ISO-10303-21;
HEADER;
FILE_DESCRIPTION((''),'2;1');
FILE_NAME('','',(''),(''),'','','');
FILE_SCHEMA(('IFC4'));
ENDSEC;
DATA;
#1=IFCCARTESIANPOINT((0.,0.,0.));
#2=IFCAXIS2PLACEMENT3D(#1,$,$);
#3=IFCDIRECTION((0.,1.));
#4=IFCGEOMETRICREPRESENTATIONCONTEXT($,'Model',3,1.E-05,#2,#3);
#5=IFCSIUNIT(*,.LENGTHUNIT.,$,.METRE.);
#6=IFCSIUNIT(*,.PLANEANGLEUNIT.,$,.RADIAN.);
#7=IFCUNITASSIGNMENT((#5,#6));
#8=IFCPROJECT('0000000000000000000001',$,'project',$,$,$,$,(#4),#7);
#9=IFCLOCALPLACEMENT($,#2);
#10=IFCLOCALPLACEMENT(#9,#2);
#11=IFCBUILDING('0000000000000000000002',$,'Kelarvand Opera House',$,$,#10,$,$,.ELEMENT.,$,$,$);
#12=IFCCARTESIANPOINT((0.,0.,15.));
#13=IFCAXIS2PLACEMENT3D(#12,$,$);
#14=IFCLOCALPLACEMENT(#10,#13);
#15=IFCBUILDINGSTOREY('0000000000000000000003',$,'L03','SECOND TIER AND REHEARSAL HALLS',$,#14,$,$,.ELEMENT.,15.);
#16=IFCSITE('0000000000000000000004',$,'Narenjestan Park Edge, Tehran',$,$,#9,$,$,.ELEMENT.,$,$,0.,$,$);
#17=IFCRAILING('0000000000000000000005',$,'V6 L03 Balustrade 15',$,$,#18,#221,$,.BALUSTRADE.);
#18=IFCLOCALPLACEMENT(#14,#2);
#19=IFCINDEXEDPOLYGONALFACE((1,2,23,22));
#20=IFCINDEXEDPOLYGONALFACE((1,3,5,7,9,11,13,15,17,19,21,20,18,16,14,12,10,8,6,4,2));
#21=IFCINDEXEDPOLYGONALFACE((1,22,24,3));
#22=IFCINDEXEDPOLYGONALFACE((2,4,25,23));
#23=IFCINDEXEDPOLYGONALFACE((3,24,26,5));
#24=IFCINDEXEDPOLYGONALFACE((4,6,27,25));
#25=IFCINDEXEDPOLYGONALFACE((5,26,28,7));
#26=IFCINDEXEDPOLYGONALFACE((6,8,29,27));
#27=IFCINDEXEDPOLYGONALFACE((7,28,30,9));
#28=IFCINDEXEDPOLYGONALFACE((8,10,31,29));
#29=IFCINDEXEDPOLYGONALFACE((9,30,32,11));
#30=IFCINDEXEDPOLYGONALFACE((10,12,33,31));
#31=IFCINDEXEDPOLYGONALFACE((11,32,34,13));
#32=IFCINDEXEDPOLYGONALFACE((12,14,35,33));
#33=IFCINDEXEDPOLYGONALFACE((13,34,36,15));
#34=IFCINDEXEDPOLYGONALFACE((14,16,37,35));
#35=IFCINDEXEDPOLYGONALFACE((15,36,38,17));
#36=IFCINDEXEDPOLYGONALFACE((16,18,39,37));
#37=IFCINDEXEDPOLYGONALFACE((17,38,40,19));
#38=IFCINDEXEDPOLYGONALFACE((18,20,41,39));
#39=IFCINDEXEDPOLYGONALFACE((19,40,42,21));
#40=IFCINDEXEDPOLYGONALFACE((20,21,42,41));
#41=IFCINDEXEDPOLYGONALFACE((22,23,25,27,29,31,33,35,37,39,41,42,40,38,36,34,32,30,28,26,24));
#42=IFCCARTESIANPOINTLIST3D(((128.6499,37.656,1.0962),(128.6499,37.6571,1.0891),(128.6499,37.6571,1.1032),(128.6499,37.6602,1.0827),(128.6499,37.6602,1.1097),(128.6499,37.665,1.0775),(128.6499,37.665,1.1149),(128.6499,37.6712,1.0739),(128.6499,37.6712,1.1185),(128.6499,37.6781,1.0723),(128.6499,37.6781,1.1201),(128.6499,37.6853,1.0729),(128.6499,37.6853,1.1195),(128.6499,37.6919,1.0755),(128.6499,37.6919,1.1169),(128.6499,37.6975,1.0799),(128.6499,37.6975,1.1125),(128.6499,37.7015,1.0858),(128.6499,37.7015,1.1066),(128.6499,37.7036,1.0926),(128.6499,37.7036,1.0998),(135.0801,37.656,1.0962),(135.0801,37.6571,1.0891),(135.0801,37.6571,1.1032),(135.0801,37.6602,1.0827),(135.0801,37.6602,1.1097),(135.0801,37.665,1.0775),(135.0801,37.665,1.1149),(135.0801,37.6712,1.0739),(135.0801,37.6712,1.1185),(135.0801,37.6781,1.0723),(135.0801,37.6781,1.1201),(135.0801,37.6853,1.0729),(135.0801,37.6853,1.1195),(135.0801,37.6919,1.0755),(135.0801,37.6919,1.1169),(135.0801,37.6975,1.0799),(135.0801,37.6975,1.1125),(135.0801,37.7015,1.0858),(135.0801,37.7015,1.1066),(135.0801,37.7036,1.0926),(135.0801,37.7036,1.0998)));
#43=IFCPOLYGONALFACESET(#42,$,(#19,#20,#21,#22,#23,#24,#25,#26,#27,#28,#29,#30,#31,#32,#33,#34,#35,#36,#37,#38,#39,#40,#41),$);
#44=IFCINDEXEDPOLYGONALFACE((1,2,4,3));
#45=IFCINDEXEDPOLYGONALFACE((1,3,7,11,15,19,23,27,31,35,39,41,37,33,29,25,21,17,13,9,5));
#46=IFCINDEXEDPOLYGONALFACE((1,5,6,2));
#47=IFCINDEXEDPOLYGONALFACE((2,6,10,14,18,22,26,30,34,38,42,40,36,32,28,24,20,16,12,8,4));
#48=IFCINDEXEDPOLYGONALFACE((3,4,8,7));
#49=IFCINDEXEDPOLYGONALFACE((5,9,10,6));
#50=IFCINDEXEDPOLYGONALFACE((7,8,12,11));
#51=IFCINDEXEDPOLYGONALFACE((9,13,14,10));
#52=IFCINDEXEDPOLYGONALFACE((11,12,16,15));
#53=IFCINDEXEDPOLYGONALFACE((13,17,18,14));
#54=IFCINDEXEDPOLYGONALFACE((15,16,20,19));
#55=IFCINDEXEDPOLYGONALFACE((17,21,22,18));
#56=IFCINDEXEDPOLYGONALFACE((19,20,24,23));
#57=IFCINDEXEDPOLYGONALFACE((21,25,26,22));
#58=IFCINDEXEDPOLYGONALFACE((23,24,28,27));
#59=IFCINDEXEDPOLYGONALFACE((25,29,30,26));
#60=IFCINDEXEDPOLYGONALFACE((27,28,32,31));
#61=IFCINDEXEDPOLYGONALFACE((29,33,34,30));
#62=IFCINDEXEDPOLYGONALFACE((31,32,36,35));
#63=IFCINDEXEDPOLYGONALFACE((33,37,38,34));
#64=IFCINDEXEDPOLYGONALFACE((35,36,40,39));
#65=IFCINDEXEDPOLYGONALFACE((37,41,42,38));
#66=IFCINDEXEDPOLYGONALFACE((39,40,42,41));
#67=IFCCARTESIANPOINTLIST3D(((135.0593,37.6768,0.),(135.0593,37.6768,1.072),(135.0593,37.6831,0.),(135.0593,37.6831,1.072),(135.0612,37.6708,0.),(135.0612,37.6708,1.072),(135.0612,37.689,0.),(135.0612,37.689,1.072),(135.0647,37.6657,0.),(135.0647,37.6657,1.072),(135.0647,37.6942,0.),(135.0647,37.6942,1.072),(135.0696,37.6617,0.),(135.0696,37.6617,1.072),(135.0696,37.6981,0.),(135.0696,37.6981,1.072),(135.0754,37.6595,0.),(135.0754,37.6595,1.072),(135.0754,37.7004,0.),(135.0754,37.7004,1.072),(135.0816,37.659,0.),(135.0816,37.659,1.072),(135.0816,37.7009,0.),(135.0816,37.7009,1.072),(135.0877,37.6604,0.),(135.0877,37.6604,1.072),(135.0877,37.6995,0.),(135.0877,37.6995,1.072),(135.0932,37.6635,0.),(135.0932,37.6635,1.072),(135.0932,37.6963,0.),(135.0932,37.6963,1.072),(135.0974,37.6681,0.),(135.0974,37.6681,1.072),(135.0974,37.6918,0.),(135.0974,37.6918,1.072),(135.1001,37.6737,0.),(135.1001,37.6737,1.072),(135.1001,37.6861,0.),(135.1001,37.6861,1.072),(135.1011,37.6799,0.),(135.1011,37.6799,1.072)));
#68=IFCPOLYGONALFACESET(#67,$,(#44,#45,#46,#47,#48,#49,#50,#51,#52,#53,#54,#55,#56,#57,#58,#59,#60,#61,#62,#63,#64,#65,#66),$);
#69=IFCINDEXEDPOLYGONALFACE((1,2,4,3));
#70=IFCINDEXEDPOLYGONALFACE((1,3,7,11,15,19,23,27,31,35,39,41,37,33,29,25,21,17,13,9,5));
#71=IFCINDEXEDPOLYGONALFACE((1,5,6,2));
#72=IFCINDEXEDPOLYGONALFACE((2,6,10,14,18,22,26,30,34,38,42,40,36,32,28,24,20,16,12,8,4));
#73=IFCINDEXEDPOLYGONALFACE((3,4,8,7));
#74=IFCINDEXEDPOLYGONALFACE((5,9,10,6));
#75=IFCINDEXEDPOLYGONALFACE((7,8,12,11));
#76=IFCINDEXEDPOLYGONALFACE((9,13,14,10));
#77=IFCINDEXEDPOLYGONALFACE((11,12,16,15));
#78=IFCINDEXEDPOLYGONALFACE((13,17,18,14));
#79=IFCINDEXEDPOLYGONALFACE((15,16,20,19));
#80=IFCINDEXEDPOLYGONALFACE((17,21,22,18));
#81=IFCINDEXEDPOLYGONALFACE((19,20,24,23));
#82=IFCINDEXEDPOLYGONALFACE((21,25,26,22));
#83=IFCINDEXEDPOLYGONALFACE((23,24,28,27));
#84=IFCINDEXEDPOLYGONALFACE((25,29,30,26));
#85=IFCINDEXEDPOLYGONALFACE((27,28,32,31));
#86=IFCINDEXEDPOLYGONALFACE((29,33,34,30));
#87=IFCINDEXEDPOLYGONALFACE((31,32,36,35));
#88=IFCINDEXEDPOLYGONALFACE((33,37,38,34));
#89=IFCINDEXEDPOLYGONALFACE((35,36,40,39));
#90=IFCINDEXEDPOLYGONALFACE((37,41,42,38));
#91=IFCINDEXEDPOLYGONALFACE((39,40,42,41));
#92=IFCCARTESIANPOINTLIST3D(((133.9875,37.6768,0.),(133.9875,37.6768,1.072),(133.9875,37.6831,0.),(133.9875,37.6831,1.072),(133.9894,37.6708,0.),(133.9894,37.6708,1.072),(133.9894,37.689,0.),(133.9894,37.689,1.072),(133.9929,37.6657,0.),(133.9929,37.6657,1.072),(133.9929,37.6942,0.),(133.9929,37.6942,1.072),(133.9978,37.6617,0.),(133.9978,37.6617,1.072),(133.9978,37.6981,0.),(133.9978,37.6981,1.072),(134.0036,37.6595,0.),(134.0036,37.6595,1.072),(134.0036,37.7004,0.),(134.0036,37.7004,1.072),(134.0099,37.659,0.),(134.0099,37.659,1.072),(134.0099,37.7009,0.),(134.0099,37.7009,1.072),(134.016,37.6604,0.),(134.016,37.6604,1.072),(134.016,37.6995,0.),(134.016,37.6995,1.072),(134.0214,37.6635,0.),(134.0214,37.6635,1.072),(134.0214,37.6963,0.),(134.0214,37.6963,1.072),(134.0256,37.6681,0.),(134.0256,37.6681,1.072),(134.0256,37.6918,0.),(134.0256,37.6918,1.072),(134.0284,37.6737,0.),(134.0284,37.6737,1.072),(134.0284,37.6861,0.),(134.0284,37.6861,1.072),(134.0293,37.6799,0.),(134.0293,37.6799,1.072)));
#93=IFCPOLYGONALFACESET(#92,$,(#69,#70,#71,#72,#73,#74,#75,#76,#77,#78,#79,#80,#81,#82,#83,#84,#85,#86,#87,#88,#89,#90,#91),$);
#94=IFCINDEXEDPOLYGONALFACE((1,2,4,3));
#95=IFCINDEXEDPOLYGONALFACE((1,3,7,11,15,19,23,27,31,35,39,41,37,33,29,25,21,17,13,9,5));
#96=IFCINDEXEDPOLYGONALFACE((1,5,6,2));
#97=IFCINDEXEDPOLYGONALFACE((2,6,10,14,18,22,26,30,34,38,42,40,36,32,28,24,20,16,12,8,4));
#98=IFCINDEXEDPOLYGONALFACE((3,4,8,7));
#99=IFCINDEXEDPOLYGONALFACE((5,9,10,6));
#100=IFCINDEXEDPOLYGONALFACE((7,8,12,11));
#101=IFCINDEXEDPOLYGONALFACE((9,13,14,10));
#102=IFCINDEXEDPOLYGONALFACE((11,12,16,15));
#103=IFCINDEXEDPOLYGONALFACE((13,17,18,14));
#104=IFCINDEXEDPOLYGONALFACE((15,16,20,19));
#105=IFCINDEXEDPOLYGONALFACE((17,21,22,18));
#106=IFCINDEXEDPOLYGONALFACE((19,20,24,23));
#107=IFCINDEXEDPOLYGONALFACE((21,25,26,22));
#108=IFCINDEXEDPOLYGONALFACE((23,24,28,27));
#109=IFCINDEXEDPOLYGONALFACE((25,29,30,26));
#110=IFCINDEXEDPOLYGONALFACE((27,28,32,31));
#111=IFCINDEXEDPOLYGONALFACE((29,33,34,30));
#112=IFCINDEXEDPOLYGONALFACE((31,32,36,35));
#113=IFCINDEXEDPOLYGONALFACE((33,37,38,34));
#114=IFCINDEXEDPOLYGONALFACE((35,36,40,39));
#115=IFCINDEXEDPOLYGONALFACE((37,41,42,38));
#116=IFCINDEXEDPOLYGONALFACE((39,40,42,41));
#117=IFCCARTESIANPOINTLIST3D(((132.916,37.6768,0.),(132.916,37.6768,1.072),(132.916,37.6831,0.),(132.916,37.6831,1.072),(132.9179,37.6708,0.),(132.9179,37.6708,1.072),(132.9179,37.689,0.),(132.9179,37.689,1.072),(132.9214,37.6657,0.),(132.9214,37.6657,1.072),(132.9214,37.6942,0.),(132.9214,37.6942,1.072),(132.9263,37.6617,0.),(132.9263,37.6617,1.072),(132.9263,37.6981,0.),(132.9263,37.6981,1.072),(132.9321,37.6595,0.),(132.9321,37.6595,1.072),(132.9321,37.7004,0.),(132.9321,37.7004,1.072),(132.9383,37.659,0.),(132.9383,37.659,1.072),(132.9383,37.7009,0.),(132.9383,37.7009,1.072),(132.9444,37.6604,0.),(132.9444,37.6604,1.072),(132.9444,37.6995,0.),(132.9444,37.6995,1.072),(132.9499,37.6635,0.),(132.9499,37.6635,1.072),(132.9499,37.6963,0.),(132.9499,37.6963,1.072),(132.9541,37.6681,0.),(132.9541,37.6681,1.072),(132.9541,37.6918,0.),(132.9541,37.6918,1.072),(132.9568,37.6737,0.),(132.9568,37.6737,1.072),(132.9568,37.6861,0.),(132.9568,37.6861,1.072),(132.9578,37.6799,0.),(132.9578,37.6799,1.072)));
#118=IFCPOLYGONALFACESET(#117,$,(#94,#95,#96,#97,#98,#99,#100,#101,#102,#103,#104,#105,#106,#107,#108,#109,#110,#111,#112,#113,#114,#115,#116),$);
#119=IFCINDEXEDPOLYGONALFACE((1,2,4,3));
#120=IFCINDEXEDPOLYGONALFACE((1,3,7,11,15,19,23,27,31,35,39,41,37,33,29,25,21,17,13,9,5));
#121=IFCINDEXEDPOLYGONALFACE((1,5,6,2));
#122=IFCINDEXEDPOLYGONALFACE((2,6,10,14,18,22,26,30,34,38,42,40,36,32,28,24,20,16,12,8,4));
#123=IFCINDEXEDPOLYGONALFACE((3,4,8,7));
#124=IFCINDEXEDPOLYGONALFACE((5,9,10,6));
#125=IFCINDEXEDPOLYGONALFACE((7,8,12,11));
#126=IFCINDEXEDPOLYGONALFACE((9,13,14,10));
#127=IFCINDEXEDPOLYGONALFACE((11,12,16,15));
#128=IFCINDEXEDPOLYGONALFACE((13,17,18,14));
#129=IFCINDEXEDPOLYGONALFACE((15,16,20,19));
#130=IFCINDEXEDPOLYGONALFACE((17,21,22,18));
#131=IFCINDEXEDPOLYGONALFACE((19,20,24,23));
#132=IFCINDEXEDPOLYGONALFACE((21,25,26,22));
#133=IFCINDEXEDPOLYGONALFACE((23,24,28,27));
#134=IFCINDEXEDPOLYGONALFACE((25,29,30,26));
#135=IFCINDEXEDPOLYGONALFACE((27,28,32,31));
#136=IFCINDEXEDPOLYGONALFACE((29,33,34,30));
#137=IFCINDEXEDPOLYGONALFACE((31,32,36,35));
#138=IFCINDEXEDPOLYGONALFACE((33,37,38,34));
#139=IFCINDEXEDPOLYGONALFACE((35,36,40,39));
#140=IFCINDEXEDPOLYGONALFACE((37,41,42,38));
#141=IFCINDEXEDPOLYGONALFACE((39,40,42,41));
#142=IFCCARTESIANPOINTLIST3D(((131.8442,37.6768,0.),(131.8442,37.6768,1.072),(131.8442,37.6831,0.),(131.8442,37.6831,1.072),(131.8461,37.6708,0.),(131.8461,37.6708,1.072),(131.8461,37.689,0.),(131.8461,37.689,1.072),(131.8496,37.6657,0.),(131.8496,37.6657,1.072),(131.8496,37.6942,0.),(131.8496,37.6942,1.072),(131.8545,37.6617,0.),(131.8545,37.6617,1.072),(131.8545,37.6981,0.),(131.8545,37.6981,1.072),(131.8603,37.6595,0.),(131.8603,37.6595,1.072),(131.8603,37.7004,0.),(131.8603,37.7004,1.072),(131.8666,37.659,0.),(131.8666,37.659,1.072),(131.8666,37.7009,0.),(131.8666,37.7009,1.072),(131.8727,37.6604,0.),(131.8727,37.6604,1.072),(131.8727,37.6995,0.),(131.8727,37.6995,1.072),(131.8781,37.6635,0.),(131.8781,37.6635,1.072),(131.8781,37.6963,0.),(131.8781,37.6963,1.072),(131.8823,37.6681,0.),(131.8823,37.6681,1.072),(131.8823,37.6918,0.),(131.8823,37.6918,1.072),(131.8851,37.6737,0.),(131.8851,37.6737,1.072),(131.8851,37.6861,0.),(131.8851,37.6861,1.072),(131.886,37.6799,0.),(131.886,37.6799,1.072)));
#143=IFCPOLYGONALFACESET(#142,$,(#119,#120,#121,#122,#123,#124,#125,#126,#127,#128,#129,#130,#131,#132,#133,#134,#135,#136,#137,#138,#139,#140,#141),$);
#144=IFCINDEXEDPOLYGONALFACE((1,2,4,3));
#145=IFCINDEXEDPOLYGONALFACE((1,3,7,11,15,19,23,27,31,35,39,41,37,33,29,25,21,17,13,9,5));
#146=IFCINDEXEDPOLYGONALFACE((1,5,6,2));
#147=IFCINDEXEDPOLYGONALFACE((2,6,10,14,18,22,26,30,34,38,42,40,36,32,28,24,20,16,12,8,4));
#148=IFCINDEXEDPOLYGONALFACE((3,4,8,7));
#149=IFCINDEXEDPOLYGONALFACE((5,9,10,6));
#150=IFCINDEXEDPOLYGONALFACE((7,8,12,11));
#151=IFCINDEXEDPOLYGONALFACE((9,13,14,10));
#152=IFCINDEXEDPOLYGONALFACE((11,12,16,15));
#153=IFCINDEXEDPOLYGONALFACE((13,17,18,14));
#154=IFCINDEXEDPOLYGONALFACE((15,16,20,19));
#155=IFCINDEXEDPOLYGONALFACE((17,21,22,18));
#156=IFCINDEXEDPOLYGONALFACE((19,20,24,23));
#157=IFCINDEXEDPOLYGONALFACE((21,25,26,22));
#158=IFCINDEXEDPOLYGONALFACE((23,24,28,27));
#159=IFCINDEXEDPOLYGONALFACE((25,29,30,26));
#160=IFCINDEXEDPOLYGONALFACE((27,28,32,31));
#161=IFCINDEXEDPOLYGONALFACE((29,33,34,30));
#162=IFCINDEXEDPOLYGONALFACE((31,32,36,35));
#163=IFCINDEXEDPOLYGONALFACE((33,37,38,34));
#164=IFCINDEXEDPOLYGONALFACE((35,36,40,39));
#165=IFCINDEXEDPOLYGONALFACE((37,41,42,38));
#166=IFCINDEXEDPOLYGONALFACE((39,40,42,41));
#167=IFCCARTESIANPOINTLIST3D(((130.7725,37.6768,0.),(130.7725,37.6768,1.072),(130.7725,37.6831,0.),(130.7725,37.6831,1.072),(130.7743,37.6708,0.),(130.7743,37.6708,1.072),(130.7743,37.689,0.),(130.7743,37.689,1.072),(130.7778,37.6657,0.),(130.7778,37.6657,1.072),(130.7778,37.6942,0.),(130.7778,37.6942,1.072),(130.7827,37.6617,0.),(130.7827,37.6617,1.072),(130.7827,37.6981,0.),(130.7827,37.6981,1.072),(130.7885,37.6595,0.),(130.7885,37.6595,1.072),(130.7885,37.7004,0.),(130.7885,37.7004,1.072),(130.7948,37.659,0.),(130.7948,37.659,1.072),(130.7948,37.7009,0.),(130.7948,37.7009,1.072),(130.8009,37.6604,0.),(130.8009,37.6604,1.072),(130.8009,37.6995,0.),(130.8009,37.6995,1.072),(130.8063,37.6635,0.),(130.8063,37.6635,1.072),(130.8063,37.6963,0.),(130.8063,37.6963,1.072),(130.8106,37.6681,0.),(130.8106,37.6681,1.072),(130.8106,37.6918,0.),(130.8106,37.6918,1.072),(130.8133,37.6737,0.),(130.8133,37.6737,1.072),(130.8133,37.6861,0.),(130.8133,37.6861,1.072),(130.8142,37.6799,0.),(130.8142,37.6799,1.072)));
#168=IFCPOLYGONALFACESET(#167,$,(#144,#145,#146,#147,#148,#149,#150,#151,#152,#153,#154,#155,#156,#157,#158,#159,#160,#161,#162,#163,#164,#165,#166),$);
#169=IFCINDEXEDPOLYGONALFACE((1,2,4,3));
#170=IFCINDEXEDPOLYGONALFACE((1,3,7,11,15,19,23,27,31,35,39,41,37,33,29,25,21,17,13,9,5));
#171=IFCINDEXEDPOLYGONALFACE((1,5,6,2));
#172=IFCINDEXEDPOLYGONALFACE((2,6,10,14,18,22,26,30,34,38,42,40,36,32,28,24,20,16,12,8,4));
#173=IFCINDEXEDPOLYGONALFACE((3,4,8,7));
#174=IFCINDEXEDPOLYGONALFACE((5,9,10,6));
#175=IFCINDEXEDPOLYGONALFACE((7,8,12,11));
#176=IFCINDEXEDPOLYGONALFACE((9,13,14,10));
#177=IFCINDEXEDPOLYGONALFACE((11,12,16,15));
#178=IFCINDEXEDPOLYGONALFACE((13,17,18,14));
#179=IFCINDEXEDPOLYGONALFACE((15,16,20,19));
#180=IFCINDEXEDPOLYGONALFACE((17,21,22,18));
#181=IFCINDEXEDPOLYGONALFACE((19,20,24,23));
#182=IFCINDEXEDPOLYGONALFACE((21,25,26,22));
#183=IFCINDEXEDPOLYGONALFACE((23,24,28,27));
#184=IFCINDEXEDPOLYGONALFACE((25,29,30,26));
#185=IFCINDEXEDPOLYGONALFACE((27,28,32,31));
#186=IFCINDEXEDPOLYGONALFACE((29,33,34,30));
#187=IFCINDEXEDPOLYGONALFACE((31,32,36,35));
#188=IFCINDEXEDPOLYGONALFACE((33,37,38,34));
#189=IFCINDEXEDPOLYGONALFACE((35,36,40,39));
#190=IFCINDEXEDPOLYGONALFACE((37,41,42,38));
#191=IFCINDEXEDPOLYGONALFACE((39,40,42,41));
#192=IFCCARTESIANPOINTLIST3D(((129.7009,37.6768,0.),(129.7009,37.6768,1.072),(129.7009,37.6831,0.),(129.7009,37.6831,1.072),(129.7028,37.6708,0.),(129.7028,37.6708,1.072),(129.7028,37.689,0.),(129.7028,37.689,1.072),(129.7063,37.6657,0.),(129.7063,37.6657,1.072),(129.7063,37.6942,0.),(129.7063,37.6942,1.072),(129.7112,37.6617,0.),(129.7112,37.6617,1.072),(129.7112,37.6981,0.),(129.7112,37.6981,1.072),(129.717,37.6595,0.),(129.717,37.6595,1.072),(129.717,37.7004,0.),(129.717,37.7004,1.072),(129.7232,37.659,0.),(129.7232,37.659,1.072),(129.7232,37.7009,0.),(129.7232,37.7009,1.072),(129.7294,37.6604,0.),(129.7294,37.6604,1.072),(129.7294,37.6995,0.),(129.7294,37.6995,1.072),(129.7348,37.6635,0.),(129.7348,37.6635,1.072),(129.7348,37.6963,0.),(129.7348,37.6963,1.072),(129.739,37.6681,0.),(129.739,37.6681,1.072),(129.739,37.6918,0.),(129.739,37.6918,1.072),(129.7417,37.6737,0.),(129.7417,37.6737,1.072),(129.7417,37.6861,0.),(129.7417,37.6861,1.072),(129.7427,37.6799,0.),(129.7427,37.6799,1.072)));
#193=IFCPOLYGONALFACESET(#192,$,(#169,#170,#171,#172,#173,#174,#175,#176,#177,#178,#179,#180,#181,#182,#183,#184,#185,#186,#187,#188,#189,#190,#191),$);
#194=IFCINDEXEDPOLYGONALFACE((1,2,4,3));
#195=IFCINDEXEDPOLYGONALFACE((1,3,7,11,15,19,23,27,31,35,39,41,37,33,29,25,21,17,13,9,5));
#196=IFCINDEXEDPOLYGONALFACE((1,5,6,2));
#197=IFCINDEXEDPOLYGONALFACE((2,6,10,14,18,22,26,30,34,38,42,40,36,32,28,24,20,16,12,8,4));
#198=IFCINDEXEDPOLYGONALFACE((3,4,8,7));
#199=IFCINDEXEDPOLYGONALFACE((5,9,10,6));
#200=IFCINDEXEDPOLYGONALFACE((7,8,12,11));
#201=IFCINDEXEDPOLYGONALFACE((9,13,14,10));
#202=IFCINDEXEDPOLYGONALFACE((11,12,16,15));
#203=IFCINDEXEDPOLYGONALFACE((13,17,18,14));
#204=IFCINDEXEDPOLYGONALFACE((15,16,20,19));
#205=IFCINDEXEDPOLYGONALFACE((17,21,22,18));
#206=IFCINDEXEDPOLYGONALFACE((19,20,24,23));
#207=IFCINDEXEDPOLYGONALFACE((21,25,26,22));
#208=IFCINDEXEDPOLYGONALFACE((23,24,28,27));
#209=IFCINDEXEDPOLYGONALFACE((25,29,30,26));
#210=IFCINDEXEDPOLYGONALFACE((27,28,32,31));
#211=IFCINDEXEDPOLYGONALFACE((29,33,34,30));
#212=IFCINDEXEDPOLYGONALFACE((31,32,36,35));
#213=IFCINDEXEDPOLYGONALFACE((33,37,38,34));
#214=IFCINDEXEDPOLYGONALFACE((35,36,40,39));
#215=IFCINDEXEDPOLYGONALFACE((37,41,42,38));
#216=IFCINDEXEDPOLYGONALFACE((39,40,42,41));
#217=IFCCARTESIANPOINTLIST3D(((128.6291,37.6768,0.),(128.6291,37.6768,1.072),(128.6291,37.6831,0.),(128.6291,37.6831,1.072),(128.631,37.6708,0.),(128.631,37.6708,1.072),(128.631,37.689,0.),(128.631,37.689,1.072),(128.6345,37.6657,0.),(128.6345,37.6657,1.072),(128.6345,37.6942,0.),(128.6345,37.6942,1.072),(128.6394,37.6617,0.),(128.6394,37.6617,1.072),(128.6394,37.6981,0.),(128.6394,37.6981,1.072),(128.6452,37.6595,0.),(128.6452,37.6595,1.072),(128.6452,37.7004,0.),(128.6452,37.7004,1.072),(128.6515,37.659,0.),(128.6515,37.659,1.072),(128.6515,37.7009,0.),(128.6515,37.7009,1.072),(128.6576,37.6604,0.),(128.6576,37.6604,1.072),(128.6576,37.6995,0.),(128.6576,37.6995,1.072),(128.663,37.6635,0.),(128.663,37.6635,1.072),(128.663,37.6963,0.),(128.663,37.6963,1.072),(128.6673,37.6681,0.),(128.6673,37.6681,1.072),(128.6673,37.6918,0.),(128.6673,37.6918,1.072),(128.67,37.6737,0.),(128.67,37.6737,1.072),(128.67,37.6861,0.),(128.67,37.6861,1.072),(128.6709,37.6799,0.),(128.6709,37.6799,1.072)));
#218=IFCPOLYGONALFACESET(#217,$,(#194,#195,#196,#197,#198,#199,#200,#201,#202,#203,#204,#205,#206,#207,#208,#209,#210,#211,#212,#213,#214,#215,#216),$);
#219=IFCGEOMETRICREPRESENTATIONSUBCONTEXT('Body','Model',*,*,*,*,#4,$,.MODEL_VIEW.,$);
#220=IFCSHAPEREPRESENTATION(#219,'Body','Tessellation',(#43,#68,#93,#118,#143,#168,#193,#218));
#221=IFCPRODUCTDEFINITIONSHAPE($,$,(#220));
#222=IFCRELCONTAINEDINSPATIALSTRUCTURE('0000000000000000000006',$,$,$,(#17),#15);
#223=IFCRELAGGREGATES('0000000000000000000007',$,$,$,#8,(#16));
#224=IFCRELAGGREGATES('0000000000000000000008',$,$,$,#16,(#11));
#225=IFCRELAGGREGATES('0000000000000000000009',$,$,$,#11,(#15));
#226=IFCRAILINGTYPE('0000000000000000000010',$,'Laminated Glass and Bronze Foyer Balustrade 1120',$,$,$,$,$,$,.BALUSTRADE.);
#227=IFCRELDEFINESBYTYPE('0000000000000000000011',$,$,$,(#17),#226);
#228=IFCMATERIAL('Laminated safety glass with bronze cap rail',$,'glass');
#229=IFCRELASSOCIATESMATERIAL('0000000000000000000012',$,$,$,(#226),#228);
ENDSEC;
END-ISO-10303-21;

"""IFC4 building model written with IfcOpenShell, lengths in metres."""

from ifc_helpers import new_model, si_unit, direction, frame, origin, origin_2d, place, context, subcontext, project, spatial, circle, extrude, material, type_object, element, save


model = new_model("IFC4")

# Units and contexts
model_context = context("Model", 3, precision=1e-05, world=origin(), true_north=direction((0.0, 1.0)))
body_context = subcontext(model_context, "Body", "Model", "MODEL_VIEW")
ifc_project = project(units=[si_unit("LENGTHUNIT", "METRE"), si_unit("PLANEANGLEUNIT", "RADIAN")], contexts=[model_context])

# Site, building, storey
site_placement = place(None, origin())
site = spatial("IfcSite", under=ifc_project, at=site_placement, Name="Narenjestan Park Edge, Tehran", CompositionType="ELEMENT", RefElevation=0.0)
building_placement = place(site_placement, origin())
building = spatial("IfcBuilding", under=site, at=building_placement, Name="Kelarvand Opera House", CompositionType="ELEMENT")
storey_placement = place(building_placement, frame((0.0, 0.0, 15.0)))
storey = spatial("IfcBuildingStorey", under=building, at=storey_placement, Name="L03", Description="SECOND TIER AND REHEARSAL HALLS", CompositionType="ELEMENT", Elevation=15.0)

# Railing
ifc_material_1 = material(Name="Laminated safety glass with bronze cap rail", Category="glass")
railing_type = type_object("IfcRailingType", Name="Laminated Glass and Bronze Foyer Balustrade 1120", PredefinedType="BALUSTRADE", material=ifc_material_1)
railing_1_placement = place(storey_placement, frame((135.0801, 37.6799, 0.0)))
element("IfcRailing", 1, at=railing_1_placement, inside=storey, type_object=railing_type, Name="V6 L03 Balustrade 15", PredefinedType="BALUSTRADE", context=body_context, shape_type="SweptSolid", body=[
    extrude(circle(Radius=0.0239, at=origin_2d()), frame((0.0, 0.0, 1.0962), z_axis=(-1.0, 0.0, 0.0), x_axis=(0.0, -1.0, 0.0)), (0.0, 0.0, 1.0), 6.4302),
    extrude(circle(Radius=0.021, at=origin_2d()), origin(), (0.0, 0.0, 1.0), 1.072),
    extrude(circle(Radius=0.021, at=origin_2d()), frame((-1.0718, 0.0, 0.0)), (0.0, 0.0, 1.0), 1.072),
    extrude(circle(Radius=0.021, at=origin_2d()), frame((-2.1433, 0.0, 0.0)), (0.0, 0.0, 1.0), 1.072),
    extrude(circle(Radius=0.021, at=origin_2d()), frame((-3.2151, 0.0, 0.0)), (0.0, 0.0, 1.0), 1.072),
    extrude(circle(Radius=0.021, at=origin_2d()), frame((-4.2869, 0.0, 0.0)), (0.0, 0.0, 1.0), 1.072),
    extrude(circle(Radius=0.021, at=origin_2d()), frame((-5.3584, 0.0, 0.0)), (0.0, 0.0, 1.0), 1.072),
    extrude(circle(Radius=0.021, at=origin_2d()), frame((-6.4302, 0.0, 0.0)), (0.0, 0.0, 1.0), 1.072),
])

save(model, "model.ifc")
